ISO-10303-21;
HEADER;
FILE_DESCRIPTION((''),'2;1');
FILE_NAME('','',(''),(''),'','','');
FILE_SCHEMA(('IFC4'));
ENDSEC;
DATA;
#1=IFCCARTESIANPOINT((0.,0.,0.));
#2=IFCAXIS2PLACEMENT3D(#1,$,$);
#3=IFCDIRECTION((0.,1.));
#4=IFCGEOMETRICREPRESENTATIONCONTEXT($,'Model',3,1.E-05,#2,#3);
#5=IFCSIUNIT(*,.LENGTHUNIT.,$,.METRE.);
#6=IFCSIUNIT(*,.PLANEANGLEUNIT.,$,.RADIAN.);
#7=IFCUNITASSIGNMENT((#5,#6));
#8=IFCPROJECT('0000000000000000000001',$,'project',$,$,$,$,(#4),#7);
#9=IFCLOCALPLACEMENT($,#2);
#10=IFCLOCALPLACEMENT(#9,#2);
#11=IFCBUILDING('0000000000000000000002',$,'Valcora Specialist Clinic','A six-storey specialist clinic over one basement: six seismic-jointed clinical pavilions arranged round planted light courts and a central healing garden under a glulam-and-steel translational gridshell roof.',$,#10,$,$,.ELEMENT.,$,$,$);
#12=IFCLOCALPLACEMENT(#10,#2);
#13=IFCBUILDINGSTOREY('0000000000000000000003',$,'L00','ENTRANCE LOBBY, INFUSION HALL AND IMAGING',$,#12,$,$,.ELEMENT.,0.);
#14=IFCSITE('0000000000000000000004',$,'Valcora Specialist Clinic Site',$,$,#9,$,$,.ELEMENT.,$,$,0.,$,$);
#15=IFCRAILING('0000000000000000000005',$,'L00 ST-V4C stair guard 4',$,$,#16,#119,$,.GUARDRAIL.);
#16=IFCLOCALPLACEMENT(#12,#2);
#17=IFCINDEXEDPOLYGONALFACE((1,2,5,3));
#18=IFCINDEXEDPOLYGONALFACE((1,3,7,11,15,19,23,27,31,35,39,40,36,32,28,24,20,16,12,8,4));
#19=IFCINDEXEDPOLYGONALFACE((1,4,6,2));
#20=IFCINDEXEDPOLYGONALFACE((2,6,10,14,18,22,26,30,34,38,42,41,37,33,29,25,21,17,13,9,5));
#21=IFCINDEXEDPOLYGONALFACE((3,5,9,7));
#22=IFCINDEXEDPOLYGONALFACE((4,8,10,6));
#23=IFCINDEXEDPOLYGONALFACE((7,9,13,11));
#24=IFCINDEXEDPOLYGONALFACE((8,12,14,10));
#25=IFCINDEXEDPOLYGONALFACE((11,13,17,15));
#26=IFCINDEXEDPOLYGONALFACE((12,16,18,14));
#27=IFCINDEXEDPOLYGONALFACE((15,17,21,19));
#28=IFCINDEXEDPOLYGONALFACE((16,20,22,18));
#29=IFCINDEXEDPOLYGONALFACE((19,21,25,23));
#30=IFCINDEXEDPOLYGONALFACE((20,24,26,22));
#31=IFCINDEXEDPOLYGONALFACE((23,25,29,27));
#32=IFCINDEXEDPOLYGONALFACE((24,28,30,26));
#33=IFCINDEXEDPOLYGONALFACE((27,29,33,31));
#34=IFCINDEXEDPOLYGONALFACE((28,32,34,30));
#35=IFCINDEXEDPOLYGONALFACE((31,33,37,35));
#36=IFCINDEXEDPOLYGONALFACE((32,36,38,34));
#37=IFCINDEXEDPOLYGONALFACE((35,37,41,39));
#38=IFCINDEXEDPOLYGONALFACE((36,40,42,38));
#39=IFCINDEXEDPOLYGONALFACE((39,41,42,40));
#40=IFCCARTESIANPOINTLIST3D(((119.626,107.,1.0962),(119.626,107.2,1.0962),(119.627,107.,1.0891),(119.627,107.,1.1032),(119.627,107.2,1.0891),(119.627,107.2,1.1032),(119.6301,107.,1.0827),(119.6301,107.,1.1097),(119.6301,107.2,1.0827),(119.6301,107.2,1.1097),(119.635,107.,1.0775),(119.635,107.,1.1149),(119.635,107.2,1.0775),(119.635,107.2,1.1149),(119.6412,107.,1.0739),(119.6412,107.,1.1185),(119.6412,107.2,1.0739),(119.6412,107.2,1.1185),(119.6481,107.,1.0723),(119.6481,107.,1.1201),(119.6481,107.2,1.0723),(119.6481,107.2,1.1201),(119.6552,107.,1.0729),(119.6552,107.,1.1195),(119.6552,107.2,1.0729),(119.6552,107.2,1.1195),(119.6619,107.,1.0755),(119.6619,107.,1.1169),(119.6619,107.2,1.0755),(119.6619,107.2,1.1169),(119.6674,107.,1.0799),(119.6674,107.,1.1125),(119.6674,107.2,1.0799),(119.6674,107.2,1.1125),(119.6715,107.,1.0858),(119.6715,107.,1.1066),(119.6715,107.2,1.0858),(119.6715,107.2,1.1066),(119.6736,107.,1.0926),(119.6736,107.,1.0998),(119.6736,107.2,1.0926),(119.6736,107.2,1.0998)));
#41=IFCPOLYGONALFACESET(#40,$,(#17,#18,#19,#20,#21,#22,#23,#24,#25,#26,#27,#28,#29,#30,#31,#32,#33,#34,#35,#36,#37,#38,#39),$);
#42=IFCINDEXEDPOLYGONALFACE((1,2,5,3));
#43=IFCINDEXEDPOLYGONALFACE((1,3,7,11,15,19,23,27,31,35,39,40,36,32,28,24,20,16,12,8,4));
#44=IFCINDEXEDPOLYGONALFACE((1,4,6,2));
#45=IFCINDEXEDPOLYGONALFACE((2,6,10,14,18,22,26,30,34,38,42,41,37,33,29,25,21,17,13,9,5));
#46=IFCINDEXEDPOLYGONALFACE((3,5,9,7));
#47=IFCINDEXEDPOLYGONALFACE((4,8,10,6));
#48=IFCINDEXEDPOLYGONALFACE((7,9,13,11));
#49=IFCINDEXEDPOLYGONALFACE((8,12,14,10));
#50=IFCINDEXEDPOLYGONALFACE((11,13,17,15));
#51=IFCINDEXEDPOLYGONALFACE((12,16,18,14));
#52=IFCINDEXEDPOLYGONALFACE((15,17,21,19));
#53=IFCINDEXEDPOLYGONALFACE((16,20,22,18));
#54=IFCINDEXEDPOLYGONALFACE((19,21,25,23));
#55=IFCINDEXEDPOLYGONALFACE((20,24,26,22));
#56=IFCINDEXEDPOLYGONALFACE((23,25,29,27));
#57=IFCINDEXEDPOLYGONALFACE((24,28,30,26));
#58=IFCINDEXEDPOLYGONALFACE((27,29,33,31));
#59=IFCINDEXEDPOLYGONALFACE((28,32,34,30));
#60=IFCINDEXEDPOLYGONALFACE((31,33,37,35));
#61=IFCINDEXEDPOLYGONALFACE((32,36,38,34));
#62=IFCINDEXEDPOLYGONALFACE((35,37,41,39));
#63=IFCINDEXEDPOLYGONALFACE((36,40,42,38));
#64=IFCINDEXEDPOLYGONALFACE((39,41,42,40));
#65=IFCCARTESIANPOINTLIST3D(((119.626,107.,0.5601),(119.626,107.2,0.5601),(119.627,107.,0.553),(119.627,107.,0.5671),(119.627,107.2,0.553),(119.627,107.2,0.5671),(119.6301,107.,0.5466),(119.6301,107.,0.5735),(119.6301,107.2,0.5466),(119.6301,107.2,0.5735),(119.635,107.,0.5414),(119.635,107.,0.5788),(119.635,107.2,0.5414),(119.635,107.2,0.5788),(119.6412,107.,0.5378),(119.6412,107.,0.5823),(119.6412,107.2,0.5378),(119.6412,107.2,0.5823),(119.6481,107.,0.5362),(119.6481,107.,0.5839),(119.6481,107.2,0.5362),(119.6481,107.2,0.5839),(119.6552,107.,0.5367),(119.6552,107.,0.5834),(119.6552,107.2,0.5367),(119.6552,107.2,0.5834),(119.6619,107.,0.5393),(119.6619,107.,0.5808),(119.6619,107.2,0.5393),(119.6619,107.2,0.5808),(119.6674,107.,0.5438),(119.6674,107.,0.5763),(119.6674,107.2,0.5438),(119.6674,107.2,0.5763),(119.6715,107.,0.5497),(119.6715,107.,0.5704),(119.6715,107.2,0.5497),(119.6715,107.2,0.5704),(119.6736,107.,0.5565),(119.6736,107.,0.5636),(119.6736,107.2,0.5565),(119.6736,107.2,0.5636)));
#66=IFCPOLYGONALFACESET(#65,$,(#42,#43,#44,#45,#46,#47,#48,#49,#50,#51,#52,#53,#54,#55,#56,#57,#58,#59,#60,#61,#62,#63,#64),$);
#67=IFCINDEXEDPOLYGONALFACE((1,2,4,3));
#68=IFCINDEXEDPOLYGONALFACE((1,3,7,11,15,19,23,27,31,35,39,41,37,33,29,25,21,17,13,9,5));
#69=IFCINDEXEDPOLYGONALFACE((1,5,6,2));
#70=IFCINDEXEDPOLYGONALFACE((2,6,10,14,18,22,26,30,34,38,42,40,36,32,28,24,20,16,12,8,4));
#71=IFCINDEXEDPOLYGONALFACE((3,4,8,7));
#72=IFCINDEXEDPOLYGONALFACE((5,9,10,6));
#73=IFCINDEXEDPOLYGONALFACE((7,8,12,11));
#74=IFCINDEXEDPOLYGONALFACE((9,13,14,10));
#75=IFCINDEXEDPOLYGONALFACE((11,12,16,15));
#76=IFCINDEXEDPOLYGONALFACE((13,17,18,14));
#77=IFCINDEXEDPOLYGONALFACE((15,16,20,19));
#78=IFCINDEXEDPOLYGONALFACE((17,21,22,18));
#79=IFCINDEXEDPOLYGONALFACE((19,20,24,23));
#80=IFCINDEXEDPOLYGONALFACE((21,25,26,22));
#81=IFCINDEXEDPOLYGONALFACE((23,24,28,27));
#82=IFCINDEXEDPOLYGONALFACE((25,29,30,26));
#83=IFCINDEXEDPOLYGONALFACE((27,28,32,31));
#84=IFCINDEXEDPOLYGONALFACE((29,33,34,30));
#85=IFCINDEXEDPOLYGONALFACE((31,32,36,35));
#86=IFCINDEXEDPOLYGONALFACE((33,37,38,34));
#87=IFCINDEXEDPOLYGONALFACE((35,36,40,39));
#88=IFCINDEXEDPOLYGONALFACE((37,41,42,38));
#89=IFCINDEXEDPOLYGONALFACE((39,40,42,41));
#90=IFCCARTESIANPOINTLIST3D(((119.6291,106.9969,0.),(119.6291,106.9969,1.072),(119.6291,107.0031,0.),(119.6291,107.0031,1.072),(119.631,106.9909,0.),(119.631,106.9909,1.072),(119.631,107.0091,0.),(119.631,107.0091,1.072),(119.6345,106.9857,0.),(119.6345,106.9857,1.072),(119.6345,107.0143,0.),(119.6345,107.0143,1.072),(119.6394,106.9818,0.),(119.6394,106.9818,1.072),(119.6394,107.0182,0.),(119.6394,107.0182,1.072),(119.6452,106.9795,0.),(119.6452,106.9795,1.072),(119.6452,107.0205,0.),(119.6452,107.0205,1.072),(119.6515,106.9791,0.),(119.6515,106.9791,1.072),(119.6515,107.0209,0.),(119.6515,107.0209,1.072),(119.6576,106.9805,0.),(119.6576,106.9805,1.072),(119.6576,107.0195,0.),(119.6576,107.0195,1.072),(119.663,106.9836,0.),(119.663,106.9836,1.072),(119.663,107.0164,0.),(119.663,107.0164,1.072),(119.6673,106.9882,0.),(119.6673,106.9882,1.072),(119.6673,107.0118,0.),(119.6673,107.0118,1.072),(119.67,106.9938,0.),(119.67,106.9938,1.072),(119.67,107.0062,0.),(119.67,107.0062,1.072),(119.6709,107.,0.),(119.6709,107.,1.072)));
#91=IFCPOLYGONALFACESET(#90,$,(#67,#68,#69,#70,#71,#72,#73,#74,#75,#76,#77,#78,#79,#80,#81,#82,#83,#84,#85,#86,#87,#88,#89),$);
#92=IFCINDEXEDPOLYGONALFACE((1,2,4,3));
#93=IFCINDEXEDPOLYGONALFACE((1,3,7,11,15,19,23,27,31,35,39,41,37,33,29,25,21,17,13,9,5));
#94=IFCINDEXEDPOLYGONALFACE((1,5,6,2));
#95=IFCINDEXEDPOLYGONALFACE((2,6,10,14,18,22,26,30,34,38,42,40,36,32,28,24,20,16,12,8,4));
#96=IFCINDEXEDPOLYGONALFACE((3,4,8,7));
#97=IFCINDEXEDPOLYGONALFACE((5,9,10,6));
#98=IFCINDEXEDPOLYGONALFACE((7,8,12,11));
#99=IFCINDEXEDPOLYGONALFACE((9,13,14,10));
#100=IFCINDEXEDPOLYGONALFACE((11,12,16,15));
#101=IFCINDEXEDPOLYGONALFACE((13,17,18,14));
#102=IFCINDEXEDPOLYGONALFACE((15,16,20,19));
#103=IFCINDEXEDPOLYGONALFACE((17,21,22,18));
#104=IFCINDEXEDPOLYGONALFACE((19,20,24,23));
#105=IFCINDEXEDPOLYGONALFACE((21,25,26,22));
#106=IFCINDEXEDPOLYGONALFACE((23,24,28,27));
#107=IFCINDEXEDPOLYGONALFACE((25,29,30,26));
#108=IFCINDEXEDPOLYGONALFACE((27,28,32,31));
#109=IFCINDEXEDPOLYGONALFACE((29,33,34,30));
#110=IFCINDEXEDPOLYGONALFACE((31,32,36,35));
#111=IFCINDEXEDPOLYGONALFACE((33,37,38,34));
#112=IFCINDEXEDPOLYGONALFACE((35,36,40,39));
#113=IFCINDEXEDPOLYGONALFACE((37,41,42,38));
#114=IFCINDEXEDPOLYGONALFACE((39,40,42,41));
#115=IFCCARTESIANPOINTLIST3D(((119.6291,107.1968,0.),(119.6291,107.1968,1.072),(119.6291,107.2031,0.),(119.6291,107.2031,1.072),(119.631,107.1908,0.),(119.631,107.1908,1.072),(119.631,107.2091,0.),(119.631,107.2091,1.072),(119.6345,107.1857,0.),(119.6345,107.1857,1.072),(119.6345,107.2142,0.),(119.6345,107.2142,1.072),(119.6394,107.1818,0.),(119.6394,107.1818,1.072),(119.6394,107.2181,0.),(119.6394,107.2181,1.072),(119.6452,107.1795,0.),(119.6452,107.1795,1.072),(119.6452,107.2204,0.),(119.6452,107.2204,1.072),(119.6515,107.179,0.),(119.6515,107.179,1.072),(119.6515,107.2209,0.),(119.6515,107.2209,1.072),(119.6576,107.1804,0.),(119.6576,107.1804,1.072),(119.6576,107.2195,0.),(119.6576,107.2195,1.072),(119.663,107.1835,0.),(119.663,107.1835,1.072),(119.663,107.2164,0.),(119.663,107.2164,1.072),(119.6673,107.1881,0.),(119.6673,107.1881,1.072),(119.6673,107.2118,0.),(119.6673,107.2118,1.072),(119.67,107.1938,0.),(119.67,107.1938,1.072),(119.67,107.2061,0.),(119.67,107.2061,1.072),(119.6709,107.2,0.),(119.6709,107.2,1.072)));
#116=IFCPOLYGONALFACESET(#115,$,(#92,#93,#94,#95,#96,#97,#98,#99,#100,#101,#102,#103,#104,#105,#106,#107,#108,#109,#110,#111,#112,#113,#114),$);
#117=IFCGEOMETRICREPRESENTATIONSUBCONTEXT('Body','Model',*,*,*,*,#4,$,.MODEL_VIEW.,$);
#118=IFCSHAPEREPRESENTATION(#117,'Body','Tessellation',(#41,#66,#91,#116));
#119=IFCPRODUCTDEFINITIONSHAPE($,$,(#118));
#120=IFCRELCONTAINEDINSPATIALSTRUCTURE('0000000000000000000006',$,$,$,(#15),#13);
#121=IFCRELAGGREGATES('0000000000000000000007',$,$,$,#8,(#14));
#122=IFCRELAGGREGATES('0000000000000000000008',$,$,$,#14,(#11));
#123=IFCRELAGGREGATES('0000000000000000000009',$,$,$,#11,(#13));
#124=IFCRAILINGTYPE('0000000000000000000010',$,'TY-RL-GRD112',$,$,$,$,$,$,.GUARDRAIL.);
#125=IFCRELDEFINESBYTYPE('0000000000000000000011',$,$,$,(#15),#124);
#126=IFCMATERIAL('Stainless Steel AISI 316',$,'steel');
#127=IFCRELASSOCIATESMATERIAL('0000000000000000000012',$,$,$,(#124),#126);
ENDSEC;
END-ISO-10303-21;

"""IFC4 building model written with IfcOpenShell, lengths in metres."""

from ifc_helpers import new_model, si_unit, direction, frame, origin, origin_2d, place, context, subcontext, project, spatial, circle, extrude, material, type_object, element, save


model = new_model("IFC4")

# Units and contexts
model_context = context("Model", 3, precision=1e-05, world=origin(), true_north=direction((0.0, 1.0)))
body_context = subcontext(model_context, "Body", "Model", "MODEL_VIEW")
ifc_project = project(units=[si_unit("LENGTHUNIT", "METRE"), si_unit("PLANEANGLEUNIT", "RADIAN")], contexts=[model_context])

# Site, building, storey
site_placement = place(None, origin())
site = spatial("IfcSite", under=ifc_project, at=site_placement, Name="Valcora Specialist Clinic Site", CompositionType="ELEMENT", RefElevation=0.0)
building_placement = place(site_placement, origin())
building = spatial("IfcBuilding", under=site, at=building_placement, Name="Valcora Specialist Clinic", Description="A six-storey specialist clinic over one basement: six seismic-jointed clinical pavilions arranged round planted light courts and a central healing garden under a glulam-and-steel translational gridshell roof.", CompositionType="ELEMENT")
storey_placement = place(building_placement, origin())
storey = spatial("IfcBuildingStorey", under=building, at=storey_placement, Name="L00", Description="ENTRANCE LOBBY, INFUSION HALL AND IMAGING", CompositionType="ELEMENT", Elevation=0.0)

# Railing
ifc_material_1 = material(Name="Stainless Steel AISI 316", Category="steel")
railing_type_1 = type_object("IfcRailingType", Name="TY-RL-GRD112", PredefinedType="GUARDRAIL", material=ifc_material_1)
railing_1_placement = place(storey_placement, frame((119.6499, 107.0, 0.0)))
element("IfcRailing", 1, at=railing_1_placement, inside=storey, type_object=railing_type_1, Name="L00 ST-V4C stair guard 4", PredefinedType="GUARDRAIL", context=body_context, shape_type="SweptSolid", body=[
    extrude(circle(Radius=0.0239, at=origin_2d()), frame((0.0, 0.0, 1.0962), z_axis=(0.0, 1.0, 0.0), x_axis=(-1.0, 0.0, 0.0)), (0.0, 0.0, 1.0), 0.2),
    extrude(circle(Radius=0.0239, at=origin_2d()), frame((0.0, 0.0, 0.5601), z_axis=(0.0, 1.0, 0.0), x_axis=(-1.0, 0.0, 0.0)), (0.0, 0.0, 1.0), 0.2),
    extrude(circle(Radius=0.021, at=origin_2d()), origin(), (0.0, 0.0, 1.0), 1.072),
    extrude(circle(Radius=0.021, at=origin_2d()), frame((0.0, 0.2, 0.0)), (0.0, 0.0, 1.0), 1.072),
])

save(model, "model.ifc")
